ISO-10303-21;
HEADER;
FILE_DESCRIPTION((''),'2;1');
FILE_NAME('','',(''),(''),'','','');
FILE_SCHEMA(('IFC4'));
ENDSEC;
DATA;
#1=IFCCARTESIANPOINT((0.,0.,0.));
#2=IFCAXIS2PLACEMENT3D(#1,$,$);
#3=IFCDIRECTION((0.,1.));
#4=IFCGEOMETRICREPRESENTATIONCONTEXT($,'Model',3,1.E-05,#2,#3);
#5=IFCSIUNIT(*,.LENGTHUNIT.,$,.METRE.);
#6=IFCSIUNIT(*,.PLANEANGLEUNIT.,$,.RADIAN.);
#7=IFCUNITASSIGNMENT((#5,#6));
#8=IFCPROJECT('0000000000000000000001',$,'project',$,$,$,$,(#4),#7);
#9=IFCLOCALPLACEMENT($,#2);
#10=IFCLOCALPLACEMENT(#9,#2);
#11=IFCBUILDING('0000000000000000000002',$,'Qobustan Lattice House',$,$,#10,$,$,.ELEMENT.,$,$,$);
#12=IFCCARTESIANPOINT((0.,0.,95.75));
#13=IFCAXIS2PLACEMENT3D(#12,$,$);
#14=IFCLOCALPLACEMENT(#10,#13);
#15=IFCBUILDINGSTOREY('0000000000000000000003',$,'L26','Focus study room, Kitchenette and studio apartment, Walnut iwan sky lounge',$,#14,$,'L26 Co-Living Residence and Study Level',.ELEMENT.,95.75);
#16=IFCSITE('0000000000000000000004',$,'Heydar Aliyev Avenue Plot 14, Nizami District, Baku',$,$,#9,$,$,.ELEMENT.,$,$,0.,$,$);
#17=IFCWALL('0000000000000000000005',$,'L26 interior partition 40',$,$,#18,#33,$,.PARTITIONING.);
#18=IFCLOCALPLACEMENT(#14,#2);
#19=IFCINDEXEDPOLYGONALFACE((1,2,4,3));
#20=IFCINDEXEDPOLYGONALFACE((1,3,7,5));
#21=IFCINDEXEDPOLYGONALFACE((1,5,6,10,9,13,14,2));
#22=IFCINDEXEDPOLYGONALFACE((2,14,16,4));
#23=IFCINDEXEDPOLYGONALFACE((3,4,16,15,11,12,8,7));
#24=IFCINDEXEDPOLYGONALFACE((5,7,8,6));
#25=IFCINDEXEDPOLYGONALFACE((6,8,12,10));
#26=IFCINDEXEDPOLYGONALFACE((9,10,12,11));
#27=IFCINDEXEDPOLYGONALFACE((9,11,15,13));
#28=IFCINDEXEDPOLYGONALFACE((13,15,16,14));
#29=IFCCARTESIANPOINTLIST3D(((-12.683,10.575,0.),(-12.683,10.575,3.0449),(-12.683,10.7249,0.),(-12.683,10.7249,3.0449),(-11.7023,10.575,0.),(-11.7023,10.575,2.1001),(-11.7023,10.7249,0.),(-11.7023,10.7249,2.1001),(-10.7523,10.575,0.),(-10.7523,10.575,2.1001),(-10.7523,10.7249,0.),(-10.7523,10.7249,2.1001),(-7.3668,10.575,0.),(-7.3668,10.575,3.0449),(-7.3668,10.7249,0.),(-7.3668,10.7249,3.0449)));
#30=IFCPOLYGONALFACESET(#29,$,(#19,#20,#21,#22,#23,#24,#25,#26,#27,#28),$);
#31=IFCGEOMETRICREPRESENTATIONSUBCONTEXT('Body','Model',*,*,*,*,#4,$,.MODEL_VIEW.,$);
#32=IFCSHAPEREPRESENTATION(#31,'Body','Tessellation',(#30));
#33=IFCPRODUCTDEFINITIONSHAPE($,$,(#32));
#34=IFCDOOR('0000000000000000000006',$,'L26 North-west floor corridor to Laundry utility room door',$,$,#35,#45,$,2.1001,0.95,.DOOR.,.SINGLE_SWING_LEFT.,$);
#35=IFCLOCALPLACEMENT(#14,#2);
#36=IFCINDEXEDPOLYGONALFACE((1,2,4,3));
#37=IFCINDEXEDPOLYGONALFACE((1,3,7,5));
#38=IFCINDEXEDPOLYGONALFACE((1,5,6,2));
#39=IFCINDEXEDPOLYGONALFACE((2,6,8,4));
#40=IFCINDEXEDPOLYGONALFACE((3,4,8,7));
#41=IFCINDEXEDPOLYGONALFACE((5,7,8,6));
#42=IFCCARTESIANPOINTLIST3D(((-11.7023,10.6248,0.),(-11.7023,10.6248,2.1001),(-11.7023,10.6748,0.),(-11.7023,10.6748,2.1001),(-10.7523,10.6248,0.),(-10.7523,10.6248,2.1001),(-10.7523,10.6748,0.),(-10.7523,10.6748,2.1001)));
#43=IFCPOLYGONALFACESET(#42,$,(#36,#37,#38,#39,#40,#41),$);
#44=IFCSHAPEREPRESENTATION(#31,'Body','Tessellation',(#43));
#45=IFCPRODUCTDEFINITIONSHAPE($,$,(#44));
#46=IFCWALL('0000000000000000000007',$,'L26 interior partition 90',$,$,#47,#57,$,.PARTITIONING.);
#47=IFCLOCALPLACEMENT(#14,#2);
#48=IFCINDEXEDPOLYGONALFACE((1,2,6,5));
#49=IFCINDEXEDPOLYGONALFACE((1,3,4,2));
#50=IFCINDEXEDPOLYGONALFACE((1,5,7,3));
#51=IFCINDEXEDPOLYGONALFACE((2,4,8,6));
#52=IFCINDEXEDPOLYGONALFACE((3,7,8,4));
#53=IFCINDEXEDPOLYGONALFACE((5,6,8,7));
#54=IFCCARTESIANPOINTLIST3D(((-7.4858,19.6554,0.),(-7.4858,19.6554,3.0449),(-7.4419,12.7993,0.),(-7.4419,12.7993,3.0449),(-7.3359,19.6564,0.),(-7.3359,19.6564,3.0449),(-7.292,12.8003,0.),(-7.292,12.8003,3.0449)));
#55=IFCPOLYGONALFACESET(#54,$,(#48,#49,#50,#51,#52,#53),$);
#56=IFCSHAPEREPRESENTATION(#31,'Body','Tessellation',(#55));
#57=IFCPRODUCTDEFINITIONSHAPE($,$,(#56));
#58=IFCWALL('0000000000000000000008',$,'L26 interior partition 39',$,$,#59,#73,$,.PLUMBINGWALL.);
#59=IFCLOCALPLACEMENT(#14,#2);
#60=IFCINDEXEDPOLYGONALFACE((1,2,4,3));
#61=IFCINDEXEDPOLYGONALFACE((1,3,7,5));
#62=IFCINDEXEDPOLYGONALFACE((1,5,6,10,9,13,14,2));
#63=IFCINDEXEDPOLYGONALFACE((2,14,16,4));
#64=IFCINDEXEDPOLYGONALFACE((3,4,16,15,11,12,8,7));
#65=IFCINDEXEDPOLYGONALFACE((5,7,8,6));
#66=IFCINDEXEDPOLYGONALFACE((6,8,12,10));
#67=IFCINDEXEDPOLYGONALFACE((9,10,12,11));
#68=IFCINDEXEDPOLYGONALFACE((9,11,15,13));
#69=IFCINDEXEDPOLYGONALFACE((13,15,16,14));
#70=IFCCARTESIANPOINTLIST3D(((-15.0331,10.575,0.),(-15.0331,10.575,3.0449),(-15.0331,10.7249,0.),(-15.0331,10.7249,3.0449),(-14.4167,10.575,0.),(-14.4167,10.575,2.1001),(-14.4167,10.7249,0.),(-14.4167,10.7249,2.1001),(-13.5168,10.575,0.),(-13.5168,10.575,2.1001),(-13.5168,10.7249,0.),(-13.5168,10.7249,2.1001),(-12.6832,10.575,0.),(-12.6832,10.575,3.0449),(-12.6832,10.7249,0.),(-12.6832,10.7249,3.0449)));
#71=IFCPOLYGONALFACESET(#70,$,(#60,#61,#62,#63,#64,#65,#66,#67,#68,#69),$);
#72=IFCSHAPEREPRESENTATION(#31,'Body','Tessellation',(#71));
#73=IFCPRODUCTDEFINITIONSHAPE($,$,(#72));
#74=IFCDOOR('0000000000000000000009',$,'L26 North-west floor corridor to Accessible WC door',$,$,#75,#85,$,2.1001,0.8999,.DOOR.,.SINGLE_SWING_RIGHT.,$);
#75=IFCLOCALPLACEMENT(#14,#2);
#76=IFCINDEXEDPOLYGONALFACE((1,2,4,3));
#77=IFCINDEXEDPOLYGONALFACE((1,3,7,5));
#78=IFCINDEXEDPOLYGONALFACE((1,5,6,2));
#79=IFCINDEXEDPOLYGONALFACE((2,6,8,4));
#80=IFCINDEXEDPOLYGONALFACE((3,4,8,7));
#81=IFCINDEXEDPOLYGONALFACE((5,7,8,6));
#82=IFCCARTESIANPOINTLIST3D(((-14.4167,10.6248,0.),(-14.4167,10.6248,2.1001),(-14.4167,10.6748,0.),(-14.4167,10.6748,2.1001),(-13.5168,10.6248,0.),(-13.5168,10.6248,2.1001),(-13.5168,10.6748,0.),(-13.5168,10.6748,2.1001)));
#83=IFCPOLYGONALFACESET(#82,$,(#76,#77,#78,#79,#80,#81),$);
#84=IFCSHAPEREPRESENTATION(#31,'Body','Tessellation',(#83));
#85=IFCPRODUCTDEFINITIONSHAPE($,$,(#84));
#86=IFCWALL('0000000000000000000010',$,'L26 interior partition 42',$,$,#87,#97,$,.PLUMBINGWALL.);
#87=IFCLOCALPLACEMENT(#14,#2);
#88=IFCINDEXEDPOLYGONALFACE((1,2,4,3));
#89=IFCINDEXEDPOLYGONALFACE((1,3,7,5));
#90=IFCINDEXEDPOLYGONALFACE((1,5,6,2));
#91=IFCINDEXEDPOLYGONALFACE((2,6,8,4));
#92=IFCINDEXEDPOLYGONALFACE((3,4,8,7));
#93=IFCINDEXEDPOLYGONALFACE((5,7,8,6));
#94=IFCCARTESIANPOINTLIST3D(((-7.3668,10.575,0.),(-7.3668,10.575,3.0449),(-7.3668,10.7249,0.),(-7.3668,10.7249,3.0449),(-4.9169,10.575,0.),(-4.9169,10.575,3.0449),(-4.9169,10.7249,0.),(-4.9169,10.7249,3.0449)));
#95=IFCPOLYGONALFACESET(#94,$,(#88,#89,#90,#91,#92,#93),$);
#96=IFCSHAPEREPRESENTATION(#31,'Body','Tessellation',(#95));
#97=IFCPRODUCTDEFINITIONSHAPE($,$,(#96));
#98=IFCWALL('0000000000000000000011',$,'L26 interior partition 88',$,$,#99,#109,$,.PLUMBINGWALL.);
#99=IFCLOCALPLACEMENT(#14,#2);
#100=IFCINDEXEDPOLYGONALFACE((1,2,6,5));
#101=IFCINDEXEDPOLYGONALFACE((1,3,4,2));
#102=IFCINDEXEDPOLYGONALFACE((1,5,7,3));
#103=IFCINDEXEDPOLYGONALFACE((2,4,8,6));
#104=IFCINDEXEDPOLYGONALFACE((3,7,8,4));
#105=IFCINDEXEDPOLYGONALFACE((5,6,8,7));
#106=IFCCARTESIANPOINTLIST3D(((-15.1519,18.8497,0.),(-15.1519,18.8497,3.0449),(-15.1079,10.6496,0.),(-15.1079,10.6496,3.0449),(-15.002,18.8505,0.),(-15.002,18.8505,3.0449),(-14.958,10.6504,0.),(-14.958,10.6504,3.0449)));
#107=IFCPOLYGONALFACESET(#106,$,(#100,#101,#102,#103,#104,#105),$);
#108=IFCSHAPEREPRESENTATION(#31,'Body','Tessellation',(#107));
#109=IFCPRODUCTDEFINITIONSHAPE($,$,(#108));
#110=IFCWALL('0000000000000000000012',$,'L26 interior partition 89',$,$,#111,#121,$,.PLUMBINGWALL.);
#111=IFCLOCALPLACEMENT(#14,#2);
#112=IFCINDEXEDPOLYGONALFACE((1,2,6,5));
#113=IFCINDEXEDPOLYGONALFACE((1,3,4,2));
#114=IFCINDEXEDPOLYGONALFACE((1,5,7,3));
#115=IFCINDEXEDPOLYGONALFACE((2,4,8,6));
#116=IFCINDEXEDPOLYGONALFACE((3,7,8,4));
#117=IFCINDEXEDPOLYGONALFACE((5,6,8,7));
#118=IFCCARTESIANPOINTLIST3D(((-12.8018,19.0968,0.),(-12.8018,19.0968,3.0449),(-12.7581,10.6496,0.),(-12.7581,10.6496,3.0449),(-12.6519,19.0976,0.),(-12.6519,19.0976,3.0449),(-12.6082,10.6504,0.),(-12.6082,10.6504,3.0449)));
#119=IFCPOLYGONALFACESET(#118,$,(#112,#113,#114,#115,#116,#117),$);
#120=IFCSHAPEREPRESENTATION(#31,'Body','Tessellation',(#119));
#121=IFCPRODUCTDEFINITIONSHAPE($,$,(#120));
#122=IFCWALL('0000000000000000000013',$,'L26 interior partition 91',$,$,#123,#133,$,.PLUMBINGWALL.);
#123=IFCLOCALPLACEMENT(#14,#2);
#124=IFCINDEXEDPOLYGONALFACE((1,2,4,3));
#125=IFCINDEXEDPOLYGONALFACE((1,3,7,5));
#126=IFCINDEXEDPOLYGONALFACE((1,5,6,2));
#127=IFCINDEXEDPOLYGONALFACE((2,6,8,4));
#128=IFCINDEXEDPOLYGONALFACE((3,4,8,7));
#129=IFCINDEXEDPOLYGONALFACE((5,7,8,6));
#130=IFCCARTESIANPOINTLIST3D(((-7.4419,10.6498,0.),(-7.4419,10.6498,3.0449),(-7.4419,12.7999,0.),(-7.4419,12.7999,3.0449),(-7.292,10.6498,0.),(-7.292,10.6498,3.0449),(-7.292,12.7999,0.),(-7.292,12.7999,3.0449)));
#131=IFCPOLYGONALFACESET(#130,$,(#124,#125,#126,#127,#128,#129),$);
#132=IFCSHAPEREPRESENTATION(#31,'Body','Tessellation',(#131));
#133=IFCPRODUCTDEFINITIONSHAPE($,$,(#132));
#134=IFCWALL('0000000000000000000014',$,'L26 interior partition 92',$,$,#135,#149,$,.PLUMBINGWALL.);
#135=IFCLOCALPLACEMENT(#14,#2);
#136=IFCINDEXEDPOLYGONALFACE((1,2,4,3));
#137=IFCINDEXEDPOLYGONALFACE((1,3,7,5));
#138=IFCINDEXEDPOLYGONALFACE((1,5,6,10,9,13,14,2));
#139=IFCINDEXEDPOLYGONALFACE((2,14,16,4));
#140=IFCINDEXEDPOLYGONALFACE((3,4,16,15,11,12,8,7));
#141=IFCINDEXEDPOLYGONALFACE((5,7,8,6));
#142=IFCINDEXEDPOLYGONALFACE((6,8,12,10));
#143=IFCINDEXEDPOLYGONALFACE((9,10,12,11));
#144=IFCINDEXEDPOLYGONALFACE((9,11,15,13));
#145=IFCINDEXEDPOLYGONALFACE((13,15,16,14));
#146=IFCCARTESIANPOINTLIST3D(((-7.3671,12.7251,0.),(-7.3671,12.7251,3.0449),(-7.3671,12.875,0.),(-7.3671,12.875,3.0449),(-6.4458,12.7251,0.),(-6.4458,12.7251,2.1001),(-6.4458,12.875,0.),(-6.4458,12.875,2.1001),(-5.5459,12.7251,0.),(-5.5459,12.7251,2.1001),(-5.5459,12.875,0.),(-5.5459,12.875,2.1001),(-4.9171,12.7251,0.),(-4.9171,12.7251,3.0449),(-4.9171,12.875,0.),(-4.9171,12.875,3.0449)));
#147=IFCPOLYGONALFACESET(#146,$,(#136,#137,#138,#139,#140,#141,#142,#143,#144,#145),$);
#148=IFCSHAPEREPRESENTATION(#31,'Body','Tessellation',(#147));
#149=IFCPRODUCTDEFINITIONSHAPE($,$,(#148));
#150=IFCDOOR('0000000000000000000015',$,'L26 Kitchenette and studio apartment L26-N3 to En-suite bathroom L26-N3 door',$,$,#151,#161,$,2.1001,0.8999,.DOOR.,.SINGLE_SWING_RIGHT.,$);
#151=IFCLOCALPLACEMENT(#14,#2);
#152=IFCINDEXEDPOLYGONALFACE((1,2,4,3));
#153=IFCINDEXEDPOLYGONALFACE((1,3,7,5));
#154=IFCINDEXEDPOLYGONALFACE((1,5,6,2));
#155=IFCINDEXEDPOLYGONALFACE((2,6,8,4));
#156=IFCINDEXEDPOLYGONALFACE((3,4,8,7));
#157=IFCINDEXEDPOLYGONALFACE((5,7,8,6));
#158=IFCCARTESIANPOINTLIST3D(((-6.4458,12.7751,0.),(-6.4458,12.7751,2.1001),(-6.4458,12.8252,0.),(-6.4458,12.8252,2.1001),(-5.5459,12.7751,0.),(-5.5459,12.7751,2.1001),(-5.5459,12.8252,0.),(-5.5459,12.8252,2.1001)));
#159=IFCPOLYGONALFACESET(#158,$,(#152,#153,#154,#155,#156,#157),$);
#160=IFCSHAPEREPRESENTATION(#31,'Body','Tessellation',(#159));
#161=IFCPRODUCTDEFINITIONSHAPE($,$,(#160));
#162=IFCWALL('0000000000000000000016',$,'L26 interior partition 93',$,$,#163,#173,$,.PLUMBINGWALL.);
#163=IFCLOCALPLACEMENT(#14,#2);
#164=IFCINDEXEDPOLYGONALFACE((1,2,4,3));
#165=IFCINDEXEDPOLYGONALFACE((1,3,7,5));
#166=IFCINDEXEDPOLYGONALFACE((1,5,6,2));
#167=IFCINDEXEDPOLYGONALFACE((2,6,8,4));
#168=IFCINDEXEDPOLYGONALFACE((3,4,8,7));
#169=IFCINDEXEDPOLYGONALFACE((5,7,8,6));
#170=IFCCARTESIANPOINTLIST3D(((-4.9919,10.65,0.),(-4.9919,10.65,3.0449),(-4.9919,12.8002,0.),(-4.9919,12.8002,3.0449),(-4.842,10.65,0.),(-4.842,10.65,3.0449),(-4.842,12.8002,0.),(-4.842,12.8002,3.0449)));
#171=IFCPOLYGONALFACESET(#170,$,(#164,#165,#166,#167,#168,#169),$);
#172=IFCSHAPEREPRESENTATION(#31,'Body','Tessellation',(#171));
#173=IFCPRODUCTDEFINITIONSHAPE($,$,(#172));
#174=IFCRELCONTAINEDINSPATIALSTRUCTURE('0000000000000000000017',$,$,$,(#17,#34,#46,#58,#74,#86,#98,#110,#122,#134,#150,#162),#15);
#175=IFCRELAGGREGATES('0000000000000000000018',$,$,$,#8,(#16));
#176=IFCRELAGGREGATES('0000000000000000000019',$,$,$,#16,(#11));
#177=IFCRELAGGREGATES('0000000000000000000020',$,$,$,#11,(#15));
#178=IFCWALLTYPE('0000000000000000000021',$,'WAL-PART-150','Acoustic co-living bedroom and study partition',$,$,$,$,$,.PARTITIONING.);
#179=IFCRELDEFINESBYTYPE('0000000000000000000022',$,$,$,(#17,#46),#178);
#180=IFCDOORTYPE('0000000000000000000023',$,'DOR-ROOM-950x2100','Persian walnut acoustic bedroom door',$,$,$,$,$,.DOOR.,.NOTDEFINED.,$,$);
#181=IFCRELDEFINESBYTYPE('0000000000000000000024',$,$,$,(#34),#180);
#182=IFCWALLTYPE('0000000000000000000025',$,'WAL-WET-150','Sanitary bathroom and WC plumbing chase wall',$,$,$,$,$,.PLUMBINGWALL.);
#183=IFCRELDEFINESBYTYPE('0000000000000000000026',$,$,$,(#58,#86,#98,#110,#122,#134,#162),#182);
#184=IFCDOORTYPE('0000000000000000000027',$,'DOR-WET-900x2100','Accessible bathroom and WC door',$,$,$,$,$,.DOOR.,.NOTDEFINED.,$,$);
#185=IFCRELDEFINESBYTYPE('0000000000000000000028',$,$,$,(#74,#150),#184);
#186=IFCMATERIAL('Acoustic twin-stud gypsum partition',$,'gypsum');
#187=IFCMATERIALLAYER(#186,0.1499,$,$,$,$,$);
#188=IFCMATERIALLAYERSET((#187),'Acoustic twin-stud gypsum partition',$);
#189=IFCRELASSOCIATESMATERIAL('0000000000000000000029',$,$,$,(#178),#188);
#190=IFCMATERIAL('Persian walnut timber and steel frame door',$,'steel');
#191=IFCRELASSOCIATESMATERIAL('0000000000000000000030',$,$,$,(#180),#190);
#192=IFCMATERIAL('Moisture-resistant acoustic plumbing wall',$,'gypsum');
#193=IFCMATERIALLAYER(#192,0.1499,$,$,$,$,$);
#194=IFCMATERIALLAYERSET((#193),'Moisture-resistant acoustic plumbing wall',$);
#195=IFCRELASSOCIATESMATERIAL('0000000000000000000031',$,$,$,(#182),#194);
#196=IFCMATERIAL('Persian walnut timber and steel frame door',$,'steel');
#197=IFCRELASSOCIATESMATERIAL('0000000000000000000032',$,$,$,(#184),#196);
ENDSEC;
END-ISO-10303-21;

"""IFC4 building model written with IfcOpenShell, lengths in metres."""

from ifc_helpers import new_model, si_unit, direction, frame, frame_2d, origin, place, context, subcontext, project, spatial, rectangle, extrude, material, layer, layer_set, type_object, element, fill, save


model = new_model("IFC4")

# Units and contexts
model_context = context("Model", 3, precision=1e-05, world=origin(), true_north=direction((0.0, 1.0)))
body_context = subcontext(model_context, "Body", "Model", "MODEL_VIEW")
ifc_project = project(units=[si_unit("LENGTHUNIT", "METRE"), si_unit("PLANEANGLEUNIT", "RADIAN")], contexts=[model_context])

# Site, building, storey
site_placement = place(None, origin())
site = spatial("IfcSite", under=ifc_project, at=site_placement, Name="Heydar Aliyev Avenue Plot 14, Nizami District, Baku", CompositionType="ELEMENT", RefElevation=0.0)
building_placement = place(site_placement, origin())
building = spatial("IfcBuilding", under=site, at=building_placement, Name="Qobustan Lattice House", CompositionType="ELEMENT")
storey_placement = place(building_placement, frame((0.0, 0.0, 95.75)))
storey = spatial("IfcBuildingStorey", under=building, at=storey_placement, Name="L26", Description="Focus study room, Kitchenette and studio apartment, Walnut iwan sky lounge", LongName="L26 Co-Living Residence and Study Level", CompositionType="ELEMENT", Elevation=95.75)

# Wall, opening, door
ifc_material_1 = material(Name="Acoustic twin-stud gypsum partition", Category="gypsum")
ifc_layer_1 = layer(ifc_material_1, 0.1499)
ifc_layer_set_1 = layer_set([ifc_layer_1], Name="Acoustic twin-stud gypsum partition")
wall_type_1 = type_object("IfcWallType", Name="WAL-PART-150", Description="Acoustic co-living bedroom and study partition", PredefinedType="PARTITIONING", material=ifc_layer_set_1)
wall_1_placement = place(storey_placement, frame((-12.6831, 10.6499, 0.0), z_axis=(0.0, 0.0, 1.0), x_axis=(1.0, 0.0, 0.0)))
wall_1 = element("IfcWall", 1, at=wall_1_placement, inside=storey, type_object=wall_type_1, Name="L26 interior partition 40", PredefinedType="PARTITIONING", context=body_context, shape_type="SweptSolid", body=[
    extrude(rectangle(XDim=5.3162, YDim=0.1499, at=frame_2d((2.6582, 0.0))), origin(), (0.0, 0.0, 1.0), 3.0449),
])
opening_1_placement = place(wall_1_placement, frame((0.9807, 0.0, 0.0)))
opening_1 = element("IfcOpeningElement", 2, at=opening_1_placement, cuts=wall_1, PredefinedType="OPENING", context=body_context, shape_type="SweptSolid", body=[
    extrude(rectangle(XDim=0.95, YDim=2.1001, at=frame_2d((0.4751, 1.05))), frame((0.0, 0.085, 0.0), z_axis=(0.0, -1.0, 0.0), x_axis=(1.0, 0.0, 0.0)), (0.0, 0.0, 1.0), 0.1699),
])
ifc_material_2 = material(Name="Persian walnut timber and steel frame door", Category="steel")
door_type_1 = type_object("IfcDoorType", Name="DOR-ROOM-950x2100", Description="Persian walnut acoustic bedroom door", OperationType="NOTDEFINED", PredefinedType="DOOR", material=ifc_material_2)
door_1_placement = place(opening_1_placement, origin())
door_1 = element("IfcDoor", 3, at=door_1_placement, inside=storey, type_object=door_type_1, Name="L26 North-west floor corridor to Laundry utility room door", OperationType="SINGLE_SWING_LEFT", OverallHeight=2.1001, OverallWidth=0.95, PredefinedType="DOOR", context=body_context, shape_type="SweptSolid", body=[
    extrude(rectangle(XDim=0.95, YDim=2.1001, at=frame_2d((0.4751, 1.05))), frame((0.0, 0.0249, 0.0), z_axis=(0.0, -1.0, 0.0), x_axis=(1.0, 0.0, 0.0)), (0.0, 0.0, 1.0), 0.05),
])
fill(opening_1, door_1)

# Wall
wall_2_placement = place(storey_placement, frame((-7.4109, 19.656, 0.0), z_axis=(0.0, 0.0, 1.0), x_axis=(0.00641, -0.999979, 0.0)))
element("IfcWall", 4, at=wall_2_placement, inside=storey, type_object=wall_type_1, Name="L26 interior partition 90", PredefinedType="PARTITIONING", context=body_context, shape_type="SweptSolid", body=[
    extrude(rectangle(XDim=6.8562, YDim=0.1499, at=frame_2d((3.4282, 0.0))), origin(), (0.0, 0.0, 1.0), 3.0449),
])

# Wall, opening, door
ifc_material_3 = material(Name="Moisture-resistant acoustic plumbing wall", Category="gypsum")
ifc_layer_2 = layer(ifc_material_3, 0.1499)
ifc_layer_set_2 = layer_set([ifc_layer_2], Name="Moisture-resistant acoustic plumbing wall")
wall_type_2 = type_object("IfcWallType", Name="WAL-WET-150", Description="Sanitary bathroom and WC plumbing chase wall", PredefinedType="PLUMBINGWALL", material=ifc_layer_set_2)
wall_3_placement = place(storey_placement, frame((-15.033, 10.6499, 0.0), z_axis=(0.0, 0.0, 1.0), x_axis=(1.0, 0.0, 0.0)))
wall_3 = element("IfcWall", 5, at=wall_3_placement, inside=storey, type_object=wall_type_2, Name="L26 interior partition 39", PredefinedType="PLUMBINGWALL", context=body_context, shape_type="SweptSolid", body=[
    extrude(rectangle(XDim=2.3499, YDim=0.1499, at=frame_2d((1.1748, 0.0))), origin(), (0.0, 0.0, 1.0), 3.0449),
])
opening_2_placement = place(wall_3_placement, frame((0.6162, 0.0, 0.0)))
opening_2 = element("IfcOpeningElement", 6, at=opening_2_placement, cuts=wall_3, PredefinedType="OPENING", context=body_context, shape_type="SweptSolid", body=[
    extrude(rectangle(XDim=0.8999, YDim=2.1001, at=frame_2d((0.45, 1.05))), frame((0.0, 0.085, 0.0), z_axis=(0.0, -1.0, 0.0), x_axis=(1.0, 0.0, 0.0)), (0.0, 0.0, 1.0), 0.1699),
])
ifc_material_4 = material(Name="Persian walnut timber and steel frame door", Category="steel")
door_type_2 = type_object("IfcDoorType", Name="DOR-WET-900x2100", Description="Accessible bathroom and WC door", OperationType="NOTDEFINED", PredefinedType="DOOR", material=ifc_material_4)
door_2_placement = place(opening_2_placement, origin())
door_2 = element("IfcDoor", 7, at=door_2_placement, inside=storey, type_object=door_type_2, Name="L26 North-west floor corridor to Accessible WC door", OperationType="SINGLE_SWING_RIGHT", OverallHeight=2.1001, OverallWidth=0.8999, PredefinedType="DOOR", context=body_context, shape_type="SweptSolid", body=[
    extrude(rectangle(XDim=0.8999, YDim=2.1001, at=frame_2d((0.45, 1.05))), frame((0.0, 0.0249, 0.0), z_axis=(0.0, -1.0, 0.0), x_axis=(1.0, 0.0, 0.0)), (0.0, 0.0, 1.0), 0.05),
])
fill(opening_2, door_2)

# Walls
wall_4_placement = place(storey_placement, frame((-7.3669, 10.6499, 0.0), z_axis=(0.0, 0.0, 1.0), x_axis=(1.0, 0.0, 0.0)))
element("IfcWall", 8, at=wall_4_placement, inside=storey, type_object=wall_type_2, Name="L26 interior partition 42", PredefinedType="PLUMBINGWALL", context=body_context, shape_type="SweptSolid", body=[
    extrude(rectangle(XDim=2.45, YDim=0.1499, at=frame_2d((1.2251, 0.0))), origin(), (0.0, 0.0, 1.0), 3.0449),
])
wall_5_placement = place(storey_placement, frame((-15.0769, 18.8501, 0.0), z_axis=(0.0, 0.0, 1.0), x_axis=(0.005359, -0.999986, 0.0)))
element("IfcWall", 9, at=wall_5_placement, inside=storey, type_object=wall_type_2, Name="L26 interior partition 88", PredefinedType="PLUMBINGWALL", context=body_context, shape_type="SweptSolid", body=[
    extrude(rectangle(XDim=8.2002, YDim=0.1499, at=frame_2d((4.1001, 0.0))), origin(), (0.0, 0.0, 1.0), 3.0449),
])
wall_6_placement = place(storey_placement, frame((-12.7268, 19.0972, 0.0), z_axis=(0.0, 0.0, 1.0), x_axis=(0.005173, -0.999987, 0.0)))
element("IfcWall", 10, at=wall_6_placement, inside=storey, type_object=wall_type_2, Name="L26 interior partition 89", PredefinedType="PLUMBINGWALL", context=body_context, shape_type="SweptSolid", body=[
    extrude(rectangle(XDim=8.4473, YDim=0.1499, at=frame_2d((4.2236, 0.0))), origin(), (0.0, 0.0, 1.0), 3.0449),
])
wall_7_placement = place(storey_placement, frame((-7.3669, 12.8, 0.0), z_axis=(0.0, 0.0, 1.0), x_axis=(0.0, -1.0, 0.0)))
element("IfcWall", 11, at=wall_7_placement, inside=storey, type_object=wall_type_2, Name="L26 interior partition 91", PredefinedType="PLUMBINGWALL", context=body_context, shape_type="SweptSolid", body=[
    extrude(rectangle(XDim=2.1501, YDim=0.1499, at=frame_2d((1.0752, 0.0))), origin(), (0.0, 0.0, 1.0), 3.0449),
])

# Wall, opening, door
wall_8_placement = place(storey_placement, frame((-4.917, 12.8, 0.0), z_axis=(0.0, 0.0, 1.0), x_axis=(-1.0, 0.0, 0.0)))
wall_8 = element("IfcWall", 12, at=wall_8_placement, inside=storey, type_object=wall_type_2, Name="L26 interior partition 92", PredefinedType="PLUMBINGWALL", context=body_context, shape_type="SweptSolid", body=[
    extrude(rectangle(XDim=2.45, YDim=0.1499, at=frame_2d((1.2251, 0.0))), origin(), (0.0, 0.0, 1.0), 3.0449),
])
opening_3_placement = place(wall_8_placement, frame((0.6289, 0.0, 0.0)))
opening_3 = element("IfcOpeningElement", 13, at=opening_3_placement, cuts=wall_8, PredefinedType="OPENING", context=body_context, shape_type="SweptSolid", body=[
    extrude(rectangle(XDim=0.8999, YDim=2.1001, at=frame_2d((0.45, 1.05))), frame((0.0, 0.085, 0.0), z_axis=(0.0, -1.0, 0.0), x_axis=(1.0, 0.0, 0.0)), (0.0, 0.0, 1.0), 0.1699),
])
door_3_placement = place(opening_3_placement, origin())
door_3 = element("IfcDoor", 14, at=door_3_placement, inside=storey, type_object=door_type_2, Name="L26 Kitchenette and studio apartment L26-N3 to En-suite bathroom L26-N3 door", OperationType="SINGLE_SWING_RIGHT", OverallHeight=2.1001, OverallWidth=0.8999, PredefinedType="DOOR", context=body_context, shape_type="SweptSolid", body=[
    extrude(rectangle(XDim=0.8999, YDim=2.1001, at=frame_2d((0.45, 1.05))), frame((0.0, 0.0249, 0.0), z_axis=(0.0, -1.0, 0.0), x_axis=(1.0, 0.0, 0.0)), (0.0, 0.0, 1.0), 0.05),
])
fill(opening_3, door_3)

# Wall
wall_9_placement = place(storey_placement, frame((-4.917, 10.6499, 0.0), z_axis=(0.0, 0.0, 1.0), x_axis=(0.0, 1.0, 0.0)))
element("IfcWall", 15, at=wall_9_placement, inside=storey, type_object=wall_type_2, Name="L26 interior partition 93", PredefinedType="PLUMBINGWALL", context=body_context, shape_type="SweptSolid", body=[
    extrude(rectangle(XDim=2.1501, YDim=0.1499, at=frame_2d((1.0752, 0.0))), origin(), (0.0, 0.0, 1.0), 3.0449),
])

save(model, "model.ifc")
